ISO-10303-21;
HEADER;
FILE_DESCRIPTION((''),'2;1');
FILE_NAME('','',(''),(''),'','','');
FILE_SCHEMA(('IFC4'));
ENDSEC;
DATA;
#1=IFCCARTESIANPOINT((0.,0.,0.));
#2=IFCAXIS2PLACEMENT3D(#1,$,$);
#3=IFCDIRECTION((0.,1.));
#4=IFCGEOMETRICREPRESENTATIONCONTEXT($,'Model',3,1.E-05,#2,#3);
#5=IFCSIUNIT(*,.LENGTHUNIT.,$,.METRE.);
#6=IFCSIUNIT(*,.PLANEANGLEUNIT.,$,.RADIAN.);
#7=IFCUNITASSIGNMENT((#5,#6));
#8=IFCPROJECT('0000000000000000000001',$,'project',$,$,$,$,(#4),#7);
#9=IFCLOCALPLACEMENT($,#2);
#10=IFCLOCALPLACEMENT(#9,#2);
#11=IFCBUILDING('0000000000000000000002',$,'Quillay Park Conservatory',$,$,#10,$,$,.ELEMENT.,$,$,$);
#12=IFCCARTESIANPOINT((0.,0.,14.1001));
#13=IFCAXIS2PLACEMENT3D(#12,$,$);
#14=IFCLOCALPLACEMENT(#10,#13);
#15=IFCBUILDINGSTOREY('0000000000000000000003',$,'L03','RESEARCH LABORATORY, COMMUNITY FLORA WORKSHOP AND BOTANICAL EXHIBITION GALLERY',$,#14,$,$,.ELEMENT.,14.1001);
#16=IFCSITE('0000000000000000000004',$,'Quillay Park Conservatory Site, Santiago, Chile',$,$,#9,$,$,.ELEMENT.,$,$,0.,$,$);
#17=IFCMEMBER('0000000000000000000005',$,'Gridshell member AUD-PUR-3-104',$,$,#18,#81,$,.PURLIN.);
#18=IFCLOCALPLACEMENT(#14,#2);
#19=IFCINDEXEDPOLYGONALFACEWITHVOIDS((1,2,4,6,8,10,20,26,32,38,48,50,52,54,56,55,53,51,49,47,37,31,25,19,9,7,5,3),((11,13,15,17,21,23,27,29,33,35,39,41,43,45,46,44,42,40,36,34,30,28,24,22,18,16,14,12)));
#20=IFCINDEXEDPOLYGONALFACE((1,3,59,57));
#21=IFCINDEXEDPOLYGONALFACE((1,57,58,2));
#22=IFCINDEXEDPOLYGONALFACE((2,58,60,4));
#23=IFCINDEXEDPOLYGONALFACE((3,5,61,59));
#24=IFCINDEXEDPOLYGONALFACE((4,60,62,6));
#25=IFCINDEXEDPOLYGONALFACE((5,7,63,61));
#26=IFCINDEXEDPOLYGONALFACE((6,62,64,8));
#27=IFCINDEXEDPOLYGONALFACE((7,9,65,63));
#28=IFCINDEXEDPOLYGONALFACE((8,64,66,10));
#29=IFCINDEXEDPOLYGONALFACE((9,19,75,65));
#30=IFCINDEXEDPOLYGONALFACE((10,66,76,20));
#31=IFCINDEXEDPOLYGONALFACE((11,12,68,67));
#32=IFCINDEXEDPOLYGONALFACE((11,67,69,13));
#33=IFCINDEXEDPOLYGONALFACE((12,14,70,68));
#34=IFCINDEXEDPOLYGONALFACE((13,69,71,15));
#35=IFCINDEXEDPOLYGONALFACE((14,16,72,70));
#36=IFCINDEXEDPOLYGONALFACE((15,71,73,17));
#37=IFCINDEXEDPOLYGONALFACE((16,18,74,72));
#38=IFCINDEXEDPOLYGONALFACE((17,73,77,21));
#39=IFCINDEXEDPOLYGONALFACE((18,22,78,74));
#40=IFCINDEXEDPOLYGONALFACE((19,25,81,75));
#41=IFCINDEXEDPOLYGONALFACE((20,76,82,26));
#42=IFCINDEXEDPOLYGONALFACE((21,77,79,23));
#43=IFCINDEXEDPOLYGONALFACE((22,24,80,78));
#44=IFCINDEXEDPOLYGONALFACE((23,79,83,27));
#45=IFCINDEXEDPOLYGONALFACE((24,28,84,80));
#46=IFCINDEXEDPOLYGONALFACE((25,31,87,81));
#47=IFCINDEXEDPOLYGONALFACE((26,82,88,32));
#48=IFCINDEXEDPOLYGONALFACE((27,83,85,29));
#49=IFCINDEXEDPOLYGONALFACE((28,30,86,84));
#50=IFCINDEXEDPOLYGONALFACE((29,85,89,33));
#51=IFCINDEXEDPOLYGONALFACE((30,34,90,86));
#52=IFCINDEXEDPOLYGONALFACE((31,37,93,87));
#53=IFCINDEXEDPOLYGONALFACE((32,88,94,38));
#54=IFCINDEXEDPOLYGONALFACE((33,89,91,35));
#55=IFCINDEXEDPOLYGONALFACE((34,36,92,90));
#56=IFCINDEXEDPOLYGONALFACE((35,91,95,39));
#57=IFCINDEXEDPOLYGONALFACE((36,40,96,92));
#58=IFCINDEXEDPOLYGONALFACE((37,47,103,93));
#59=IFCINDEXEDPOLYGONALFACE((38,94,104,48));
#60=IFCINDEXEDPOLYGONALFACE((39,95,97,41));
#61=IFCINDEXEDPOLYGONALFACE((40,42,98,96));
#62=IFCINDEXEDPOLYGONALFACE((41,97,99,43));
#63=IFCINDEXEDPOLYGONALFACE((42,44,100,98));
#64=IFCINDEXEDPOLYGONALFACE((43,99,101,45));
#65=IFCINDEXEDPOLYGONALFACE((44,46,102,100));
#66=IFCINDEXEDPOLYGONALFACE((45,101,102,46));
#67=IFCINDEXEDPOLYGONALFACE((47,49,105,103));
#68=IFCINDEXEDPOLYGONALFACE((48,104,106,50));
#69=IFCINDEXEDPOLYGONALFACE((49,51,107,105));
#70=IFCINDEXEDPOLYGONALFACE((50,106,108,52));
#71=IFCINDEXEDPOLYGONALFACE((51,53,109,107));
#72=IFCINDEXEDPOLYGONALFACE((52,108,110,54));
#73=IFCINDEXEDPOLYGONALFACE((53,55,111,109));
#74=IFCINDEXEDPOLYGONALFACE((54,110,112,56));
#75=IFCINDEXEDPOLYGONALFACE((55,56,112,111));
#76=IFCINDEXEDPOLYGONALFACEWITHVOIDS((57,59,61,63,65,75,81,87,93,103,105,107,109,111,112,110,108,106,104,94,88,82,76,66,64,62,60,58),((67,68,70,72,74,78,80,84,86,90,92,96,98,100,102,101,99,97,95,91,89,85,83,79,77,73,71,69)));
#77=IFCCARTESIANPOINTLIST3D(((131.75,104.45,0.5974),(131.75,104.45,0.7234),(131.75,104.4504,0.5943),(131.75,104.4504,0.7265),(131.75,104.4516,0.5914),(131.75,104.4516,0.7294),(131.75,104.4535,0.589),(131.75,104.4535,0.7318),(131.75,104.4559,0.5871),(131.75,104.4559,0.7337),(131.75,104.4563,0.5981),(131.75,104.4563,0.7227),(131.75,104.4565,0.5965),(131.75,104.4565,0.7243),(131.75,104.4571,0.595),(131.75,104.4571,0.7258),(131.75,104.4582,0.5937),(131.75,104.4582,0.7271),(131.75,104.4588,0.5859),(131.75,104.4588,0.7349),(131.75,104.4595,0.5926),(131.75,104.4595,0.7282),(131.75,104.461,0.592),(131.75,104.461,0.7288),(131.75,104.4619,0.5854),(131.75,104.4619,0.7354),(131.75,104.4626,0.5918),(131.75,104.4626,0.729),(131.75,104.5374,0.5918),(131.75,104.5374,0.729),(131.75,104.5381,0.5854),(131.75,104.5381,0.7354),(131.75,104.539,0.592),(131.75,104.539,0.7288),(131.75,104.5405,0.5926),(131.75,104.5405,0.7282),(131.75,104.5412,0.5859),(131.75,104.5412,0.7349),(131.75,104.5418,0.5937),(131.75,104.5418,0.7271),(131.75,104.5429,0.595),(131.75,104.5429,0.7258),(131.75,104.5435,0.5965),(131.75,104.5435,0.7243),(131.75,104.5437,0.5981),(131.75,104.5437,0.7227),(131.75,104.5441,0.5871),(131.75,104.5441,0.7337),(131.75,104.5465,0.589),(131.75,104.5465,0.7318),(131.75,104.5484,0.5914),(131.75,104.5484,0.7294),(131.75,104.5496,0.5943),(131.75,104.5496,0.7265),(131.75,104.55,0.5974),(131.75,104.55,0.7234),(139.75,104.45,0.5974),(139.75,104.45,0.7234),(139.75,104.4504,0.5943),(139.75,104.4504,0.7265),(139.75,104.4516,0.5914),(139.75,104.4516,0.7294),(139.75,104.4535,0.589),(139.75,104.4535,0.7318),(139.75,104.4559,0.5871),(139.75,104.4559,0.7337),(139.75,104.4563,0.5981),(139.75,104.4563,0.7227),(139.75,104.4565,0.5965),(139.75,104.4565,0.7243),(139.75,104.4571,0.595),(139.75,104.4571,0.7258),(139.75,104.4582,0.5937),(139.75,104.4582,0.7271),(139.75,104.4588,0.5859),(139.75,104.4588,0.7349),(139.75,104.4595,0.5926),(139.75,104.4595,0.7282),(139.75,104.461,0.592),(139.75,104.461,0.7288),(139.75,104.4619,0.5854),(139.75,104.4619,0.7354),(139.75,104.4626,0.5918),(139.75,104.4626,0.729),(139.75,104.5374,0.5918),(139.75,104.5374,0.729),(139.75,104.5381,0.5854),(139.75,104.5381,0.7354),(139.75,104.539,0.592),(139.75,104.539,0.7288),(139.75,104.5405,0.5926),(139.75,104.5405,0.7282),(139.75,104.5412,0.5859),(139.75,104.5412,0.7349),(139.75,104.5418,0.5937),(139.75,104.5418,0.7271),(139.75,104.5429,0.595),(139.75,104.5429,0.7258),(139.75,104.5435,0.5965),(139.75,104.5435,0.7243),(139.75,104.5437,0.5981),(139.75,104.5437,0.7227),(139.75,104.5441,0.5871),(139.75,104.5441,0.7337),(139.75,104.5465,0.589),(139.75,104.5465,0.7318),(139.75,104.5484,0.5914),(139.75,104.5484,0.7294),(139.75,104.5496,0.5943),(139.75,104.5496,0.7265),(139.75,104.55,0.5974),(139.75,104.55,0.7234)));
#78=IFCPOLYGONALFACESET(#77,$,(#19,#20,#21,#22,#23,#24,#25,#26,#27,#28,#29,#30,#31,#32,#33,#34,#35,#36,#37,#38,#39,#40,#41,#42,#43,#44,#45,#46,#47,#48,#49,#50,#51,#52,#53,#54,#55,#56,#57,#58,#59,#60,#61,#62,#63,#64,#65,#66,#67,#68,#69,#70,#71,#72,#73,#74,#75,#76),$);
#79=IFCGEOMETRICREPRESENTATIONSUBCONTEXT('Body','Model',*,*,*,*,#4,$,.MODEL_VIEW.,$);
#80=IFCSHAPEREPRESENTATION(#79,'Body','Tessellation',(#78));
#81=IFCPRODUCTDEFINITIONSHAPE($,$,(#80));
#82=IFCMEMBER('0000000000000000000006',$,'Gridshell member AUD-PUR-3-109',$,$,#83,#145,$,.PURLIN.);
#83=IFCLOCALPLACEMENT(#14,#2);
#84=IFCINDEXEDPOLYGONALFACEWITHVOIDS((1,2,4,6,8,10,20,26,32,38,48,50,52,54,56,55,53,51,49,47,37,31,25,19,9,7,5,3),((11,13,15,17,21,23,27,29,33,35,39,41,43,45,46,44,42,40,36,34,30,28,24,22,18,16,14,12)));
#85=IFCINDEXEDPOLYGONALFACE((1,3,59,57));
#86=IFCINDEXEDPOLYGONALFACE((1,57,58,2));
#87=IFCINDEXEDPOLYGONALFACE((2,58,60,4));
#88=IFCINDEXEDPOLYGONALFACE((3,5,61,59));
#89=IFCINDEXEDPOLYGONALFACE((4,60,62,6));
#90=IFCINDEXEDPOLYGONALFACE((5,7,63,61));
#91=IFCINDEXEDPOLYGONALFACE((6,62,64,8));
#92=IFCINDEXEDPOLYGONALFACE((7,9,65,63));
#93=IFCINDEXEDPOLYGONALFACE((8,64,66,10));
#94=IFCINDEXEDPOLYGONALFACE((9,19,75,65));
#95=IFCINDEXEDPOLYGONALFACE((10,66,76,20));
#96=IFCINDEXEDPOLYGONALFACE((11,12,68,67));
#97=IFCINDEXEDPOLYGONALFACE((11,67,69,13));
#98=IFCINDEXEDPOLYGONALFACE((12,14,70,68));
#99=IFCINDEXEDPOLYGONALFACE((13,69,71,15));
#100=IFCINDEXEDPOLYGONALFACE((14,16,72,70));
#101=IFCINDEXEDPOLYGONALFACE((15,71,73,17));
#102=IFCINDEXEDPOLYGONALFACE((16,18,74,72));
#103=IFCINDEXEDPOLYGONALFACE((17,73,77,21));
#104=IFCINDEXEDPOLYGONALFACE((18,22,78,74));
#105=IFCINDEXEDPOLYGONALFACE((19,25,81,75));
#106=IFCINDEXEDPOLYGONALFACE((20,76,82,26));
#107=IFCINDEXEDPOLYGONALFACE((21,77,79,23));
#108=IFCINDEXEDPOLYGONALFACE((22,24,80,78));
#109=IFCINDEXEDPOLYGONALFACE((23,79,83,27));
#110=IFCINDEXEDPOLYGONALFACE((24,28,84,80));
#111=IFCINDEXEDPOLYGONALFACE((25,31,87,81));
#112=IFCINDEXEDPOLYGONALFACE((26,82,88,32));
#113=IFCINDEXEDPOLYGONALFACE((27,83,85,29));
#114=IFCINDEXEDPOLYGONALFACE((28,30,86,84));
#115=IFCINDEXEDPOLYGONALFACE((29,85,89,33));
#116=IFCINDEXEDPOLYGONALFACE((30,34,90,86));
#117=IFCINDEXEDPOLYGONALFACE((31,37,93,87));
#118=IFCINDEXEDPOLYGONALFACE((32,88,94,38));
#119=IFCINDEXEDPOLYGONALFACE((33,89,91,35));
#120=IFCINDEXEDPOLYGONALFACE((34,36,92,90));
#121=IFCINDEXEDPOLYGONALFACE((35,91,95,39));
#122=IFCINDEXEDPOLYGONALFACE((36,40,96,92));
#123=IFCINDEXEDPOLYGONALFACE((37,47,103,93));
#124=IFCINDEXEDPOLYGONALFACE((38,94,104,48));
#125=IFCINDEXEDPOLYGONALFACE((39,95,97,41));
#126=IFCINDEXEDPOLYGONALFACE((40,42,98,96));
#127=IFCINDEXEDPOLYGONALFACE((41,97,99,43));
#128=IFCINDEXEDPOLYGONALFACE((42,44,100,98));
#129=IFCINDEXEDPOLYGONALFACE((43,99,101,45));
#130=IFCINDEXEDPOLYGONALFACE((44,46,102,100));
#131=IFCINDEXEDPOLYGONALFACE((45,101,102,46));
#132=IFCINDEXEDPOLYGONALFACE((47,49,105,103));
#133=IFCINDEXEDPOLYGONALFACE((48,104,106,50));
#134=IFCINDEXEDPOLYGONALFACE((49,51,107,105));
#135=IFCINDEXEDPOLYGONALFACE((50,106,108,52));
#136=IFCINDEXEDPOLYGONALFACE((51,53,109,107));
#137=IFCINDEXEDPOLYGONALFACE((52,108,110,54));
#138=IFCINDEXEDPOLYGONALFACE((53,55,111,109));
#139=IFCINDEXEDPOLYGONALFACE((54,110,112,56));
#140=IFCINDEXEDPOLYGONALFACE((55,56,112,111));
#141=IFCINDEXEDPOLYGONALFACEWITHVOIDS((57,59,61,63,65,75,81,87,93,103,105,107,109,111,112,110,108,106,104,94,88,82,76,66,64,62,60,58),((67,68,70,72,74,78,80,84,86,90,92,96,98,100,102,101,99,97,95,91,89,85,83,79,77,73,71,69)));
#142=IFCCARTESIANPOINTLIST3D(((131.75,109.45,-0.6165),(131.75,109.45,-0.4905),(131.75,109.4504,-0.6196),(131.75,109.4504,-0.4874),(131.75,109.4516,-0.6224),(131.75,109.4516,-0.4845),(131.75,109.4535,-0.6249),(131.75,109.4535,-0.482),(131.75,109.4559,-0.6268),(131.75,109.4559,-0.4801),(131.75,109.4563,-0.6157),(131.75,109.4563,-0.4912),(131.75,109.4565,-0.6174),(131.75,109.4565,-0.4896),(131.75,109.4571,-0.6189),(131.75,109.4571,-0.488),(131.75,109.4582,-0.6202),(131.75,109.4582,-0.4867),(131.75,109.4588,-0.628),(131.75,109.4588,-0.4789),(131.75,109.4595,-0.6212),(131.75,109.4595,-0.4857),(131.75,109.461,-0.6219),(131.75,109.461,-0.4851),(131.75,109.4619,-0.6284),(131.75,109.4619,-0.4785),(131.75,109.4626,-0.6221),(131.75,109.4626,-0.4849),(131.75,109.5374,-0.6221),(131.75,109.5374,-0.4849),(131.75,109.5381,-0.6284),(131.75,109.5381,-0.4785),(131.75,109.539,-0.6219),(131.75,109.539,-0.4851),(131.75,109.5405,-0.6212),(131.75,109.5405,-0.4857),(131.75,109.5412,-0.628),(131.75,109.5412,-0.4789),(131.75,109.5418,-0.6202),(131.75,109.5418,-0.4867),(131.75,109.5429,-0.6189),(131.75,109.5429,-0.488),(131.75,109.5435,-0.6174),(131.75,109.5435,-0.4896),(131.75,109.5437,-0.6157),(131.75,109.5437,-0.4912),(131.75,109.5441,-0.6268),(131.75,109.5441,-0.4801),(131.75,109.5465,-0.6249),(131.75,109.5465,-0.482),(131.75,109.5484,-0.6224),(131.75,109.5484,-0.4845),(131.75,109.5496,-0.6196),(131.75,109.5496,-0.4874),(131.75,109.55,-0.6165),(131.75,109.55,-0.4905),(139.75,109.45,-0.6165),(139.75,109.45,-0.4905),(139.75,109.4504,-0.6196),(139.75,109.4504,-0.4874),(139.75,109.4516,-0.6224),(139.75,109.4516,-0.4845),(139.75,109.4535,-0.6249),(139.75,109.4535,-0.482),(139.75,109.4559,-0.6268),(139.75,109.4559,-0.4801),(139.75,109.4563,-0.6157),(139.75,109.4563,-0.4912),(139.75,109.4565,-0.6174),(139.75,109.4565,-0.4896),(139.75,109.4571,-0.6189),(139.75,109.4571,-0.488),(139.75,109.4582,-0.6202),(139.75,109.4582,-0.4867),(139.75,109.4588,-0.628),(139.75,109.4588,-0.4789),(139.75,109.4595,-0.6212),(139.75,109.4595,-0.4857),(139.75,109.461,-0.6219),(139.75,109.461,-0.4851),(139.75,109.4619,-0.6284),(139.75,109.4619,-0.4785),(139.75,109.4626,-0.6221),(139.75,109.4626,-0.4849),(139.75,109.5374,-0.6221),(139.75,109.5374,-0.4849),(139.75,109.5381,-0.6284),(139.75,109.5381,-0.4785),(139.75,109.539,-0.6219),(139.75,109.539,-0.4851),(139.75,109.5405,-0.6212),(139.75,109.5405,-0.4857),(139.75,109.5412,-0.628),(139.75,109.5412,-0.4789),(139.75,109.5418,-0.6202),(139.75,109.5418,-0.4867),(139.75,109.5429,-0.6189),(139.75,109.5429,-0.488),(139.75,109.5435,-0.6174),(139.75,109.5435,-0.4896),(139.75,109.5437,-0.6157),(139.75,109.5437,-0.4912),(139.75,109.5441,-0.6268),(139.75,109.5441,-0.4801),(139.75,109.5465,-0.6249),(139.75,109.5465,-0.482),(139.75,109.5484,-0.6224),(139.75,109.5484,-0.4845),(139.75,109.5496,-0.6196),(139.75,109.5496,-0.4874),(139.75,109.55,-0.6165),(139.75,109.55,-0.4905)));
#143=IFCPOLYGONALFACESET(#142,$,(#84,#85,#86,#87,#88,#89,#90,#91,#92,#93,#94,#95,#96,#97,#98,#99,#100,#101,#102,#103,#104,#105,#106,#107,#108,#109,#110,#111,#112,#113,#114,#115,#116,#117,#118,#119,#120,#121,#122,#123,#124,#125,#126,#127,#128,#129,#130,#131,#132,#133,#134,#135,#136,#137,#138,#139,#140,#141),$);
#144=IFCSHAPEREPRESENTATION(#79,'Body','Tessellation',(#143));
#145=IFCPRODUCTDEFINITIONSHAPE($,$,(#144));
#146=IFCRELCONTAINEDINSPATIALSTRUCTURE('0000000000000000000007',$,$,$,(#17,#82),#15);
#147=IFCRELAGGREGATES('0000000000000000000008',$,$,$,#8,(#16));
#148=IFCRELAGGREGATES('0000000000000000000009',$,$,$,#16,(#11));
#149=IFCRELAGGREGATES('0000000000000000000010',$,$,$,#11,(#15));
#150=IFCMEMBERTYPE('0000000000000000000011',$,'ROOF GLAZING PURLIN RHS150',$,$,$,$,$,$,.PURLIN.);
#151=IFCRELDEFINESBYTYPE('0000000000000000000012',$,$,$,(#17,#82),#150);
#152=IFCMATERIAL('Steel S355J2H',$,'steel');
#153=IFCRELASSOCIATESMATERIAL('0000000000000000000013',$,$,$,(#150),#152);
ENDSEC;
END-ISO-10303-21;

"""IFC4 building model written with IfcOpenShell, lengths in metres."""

from ifc_helpers import new_model, si_unit, direction, frame, origin, origin_2d, place, context, subcontext, project, spatial, hollow_rectangle, extrude, material, material_profile, profile_set, type_object, element, save


model = new_model("IFC4")

# Units and contexts
model_context = context("Model", 3, precision=1e-05, world=origin(), true_north=direction((0.0, 1.0)))
body_context = subcontext(model_context, "Body", "Model", "MODEL_VIEW")
ifc_project = project(units=[si_unit("LENGTHUNIT", "METRE"), si_unit("PLANEANGLEUNIT", "RADIAN")], contexts=[model_context])

# Site, building, storey
site_placement = place(None, origin())
site = spatial("IfcSite", under=ifc_project, at=site_placement, Name="Quillay Park Conservatory Site, Santiago, Chile", CompositionType="ELEMENT", RefElevation=0.0)
building_placement = place(site_placement, origin())
building = spatial("IfcBuilding", under=site, at=building_placement, Name="Quillay Park Conservatory", CompositionType="ELEMENT")
storey_placement = place(building_placement, frame((0.0, 0.0, 14.1001)))
storey = spatial("IfcBuildingStorey", under=building, at=storey_placement, Name="L03", Description="RESEARCH LABORATORY, COMMUNITY FLORA WORKSHOP AND BOTANICAL EXHIBITION GALLERY", CompositionType="ELEMENT", Elevation=14.1001)

# Members
ifc_material_1 = material(Name="Steel S355J2H", Category="steel")
ifc_material_profile_1 = material_profile(ifc_material_1, hollow_rectangle(XDim=0.1001, YDim=0.1499, WallThickness=0.0063, InnerFilletRadius=0.0063, OuterFilletRadius=0.012, at=origin_2d()), Name="RHS150x100x6.3")
ifc_profile_set_1 = profile_set([ifc_material_profile_1], Name="Steel S355J2H")
member_type_1 = type_object("IfcMemberType", Name="ROOF GLAZING PURLIN RHS150", PredefinedType="PURLIN", material=ifc_profile_set_1)
for number, where, z_axis, x_axis, name in (
    (1, (131.75, 104.5, 0.6604), (1.0, 0.0, 0.0), (0.0, 1.0, 0.0), "Gridshell member AUD-PUR-3-104"),
    (2, (131.75, 109.5, -0.5535), (1.0, 0.0, 0.0), (0.0, 1.0, 0.0), "Gridshell member AUD-PUR-3-109"),
):
    element("IfcMember", number, at=place(storey_placement, frame(where, z_axis=z_axis, x_axis=x_axis)), inside=storey, type_object=member_type_1, Name=name, PredefinedType="PURLIN", context=body_context, shape_type="SweptSolid", body=[
        extrude(hollow_rectangle(XDim=0.1001, YDim=0.1499, WallThickness=0.0063, InnerFilletRadius=0.0063, OuterFilletRadius=0.012, at=origin_2d()), origin(), (0.0, 0.0, 1.0), 8.0),
    ])

save(model, "model.ifc")
